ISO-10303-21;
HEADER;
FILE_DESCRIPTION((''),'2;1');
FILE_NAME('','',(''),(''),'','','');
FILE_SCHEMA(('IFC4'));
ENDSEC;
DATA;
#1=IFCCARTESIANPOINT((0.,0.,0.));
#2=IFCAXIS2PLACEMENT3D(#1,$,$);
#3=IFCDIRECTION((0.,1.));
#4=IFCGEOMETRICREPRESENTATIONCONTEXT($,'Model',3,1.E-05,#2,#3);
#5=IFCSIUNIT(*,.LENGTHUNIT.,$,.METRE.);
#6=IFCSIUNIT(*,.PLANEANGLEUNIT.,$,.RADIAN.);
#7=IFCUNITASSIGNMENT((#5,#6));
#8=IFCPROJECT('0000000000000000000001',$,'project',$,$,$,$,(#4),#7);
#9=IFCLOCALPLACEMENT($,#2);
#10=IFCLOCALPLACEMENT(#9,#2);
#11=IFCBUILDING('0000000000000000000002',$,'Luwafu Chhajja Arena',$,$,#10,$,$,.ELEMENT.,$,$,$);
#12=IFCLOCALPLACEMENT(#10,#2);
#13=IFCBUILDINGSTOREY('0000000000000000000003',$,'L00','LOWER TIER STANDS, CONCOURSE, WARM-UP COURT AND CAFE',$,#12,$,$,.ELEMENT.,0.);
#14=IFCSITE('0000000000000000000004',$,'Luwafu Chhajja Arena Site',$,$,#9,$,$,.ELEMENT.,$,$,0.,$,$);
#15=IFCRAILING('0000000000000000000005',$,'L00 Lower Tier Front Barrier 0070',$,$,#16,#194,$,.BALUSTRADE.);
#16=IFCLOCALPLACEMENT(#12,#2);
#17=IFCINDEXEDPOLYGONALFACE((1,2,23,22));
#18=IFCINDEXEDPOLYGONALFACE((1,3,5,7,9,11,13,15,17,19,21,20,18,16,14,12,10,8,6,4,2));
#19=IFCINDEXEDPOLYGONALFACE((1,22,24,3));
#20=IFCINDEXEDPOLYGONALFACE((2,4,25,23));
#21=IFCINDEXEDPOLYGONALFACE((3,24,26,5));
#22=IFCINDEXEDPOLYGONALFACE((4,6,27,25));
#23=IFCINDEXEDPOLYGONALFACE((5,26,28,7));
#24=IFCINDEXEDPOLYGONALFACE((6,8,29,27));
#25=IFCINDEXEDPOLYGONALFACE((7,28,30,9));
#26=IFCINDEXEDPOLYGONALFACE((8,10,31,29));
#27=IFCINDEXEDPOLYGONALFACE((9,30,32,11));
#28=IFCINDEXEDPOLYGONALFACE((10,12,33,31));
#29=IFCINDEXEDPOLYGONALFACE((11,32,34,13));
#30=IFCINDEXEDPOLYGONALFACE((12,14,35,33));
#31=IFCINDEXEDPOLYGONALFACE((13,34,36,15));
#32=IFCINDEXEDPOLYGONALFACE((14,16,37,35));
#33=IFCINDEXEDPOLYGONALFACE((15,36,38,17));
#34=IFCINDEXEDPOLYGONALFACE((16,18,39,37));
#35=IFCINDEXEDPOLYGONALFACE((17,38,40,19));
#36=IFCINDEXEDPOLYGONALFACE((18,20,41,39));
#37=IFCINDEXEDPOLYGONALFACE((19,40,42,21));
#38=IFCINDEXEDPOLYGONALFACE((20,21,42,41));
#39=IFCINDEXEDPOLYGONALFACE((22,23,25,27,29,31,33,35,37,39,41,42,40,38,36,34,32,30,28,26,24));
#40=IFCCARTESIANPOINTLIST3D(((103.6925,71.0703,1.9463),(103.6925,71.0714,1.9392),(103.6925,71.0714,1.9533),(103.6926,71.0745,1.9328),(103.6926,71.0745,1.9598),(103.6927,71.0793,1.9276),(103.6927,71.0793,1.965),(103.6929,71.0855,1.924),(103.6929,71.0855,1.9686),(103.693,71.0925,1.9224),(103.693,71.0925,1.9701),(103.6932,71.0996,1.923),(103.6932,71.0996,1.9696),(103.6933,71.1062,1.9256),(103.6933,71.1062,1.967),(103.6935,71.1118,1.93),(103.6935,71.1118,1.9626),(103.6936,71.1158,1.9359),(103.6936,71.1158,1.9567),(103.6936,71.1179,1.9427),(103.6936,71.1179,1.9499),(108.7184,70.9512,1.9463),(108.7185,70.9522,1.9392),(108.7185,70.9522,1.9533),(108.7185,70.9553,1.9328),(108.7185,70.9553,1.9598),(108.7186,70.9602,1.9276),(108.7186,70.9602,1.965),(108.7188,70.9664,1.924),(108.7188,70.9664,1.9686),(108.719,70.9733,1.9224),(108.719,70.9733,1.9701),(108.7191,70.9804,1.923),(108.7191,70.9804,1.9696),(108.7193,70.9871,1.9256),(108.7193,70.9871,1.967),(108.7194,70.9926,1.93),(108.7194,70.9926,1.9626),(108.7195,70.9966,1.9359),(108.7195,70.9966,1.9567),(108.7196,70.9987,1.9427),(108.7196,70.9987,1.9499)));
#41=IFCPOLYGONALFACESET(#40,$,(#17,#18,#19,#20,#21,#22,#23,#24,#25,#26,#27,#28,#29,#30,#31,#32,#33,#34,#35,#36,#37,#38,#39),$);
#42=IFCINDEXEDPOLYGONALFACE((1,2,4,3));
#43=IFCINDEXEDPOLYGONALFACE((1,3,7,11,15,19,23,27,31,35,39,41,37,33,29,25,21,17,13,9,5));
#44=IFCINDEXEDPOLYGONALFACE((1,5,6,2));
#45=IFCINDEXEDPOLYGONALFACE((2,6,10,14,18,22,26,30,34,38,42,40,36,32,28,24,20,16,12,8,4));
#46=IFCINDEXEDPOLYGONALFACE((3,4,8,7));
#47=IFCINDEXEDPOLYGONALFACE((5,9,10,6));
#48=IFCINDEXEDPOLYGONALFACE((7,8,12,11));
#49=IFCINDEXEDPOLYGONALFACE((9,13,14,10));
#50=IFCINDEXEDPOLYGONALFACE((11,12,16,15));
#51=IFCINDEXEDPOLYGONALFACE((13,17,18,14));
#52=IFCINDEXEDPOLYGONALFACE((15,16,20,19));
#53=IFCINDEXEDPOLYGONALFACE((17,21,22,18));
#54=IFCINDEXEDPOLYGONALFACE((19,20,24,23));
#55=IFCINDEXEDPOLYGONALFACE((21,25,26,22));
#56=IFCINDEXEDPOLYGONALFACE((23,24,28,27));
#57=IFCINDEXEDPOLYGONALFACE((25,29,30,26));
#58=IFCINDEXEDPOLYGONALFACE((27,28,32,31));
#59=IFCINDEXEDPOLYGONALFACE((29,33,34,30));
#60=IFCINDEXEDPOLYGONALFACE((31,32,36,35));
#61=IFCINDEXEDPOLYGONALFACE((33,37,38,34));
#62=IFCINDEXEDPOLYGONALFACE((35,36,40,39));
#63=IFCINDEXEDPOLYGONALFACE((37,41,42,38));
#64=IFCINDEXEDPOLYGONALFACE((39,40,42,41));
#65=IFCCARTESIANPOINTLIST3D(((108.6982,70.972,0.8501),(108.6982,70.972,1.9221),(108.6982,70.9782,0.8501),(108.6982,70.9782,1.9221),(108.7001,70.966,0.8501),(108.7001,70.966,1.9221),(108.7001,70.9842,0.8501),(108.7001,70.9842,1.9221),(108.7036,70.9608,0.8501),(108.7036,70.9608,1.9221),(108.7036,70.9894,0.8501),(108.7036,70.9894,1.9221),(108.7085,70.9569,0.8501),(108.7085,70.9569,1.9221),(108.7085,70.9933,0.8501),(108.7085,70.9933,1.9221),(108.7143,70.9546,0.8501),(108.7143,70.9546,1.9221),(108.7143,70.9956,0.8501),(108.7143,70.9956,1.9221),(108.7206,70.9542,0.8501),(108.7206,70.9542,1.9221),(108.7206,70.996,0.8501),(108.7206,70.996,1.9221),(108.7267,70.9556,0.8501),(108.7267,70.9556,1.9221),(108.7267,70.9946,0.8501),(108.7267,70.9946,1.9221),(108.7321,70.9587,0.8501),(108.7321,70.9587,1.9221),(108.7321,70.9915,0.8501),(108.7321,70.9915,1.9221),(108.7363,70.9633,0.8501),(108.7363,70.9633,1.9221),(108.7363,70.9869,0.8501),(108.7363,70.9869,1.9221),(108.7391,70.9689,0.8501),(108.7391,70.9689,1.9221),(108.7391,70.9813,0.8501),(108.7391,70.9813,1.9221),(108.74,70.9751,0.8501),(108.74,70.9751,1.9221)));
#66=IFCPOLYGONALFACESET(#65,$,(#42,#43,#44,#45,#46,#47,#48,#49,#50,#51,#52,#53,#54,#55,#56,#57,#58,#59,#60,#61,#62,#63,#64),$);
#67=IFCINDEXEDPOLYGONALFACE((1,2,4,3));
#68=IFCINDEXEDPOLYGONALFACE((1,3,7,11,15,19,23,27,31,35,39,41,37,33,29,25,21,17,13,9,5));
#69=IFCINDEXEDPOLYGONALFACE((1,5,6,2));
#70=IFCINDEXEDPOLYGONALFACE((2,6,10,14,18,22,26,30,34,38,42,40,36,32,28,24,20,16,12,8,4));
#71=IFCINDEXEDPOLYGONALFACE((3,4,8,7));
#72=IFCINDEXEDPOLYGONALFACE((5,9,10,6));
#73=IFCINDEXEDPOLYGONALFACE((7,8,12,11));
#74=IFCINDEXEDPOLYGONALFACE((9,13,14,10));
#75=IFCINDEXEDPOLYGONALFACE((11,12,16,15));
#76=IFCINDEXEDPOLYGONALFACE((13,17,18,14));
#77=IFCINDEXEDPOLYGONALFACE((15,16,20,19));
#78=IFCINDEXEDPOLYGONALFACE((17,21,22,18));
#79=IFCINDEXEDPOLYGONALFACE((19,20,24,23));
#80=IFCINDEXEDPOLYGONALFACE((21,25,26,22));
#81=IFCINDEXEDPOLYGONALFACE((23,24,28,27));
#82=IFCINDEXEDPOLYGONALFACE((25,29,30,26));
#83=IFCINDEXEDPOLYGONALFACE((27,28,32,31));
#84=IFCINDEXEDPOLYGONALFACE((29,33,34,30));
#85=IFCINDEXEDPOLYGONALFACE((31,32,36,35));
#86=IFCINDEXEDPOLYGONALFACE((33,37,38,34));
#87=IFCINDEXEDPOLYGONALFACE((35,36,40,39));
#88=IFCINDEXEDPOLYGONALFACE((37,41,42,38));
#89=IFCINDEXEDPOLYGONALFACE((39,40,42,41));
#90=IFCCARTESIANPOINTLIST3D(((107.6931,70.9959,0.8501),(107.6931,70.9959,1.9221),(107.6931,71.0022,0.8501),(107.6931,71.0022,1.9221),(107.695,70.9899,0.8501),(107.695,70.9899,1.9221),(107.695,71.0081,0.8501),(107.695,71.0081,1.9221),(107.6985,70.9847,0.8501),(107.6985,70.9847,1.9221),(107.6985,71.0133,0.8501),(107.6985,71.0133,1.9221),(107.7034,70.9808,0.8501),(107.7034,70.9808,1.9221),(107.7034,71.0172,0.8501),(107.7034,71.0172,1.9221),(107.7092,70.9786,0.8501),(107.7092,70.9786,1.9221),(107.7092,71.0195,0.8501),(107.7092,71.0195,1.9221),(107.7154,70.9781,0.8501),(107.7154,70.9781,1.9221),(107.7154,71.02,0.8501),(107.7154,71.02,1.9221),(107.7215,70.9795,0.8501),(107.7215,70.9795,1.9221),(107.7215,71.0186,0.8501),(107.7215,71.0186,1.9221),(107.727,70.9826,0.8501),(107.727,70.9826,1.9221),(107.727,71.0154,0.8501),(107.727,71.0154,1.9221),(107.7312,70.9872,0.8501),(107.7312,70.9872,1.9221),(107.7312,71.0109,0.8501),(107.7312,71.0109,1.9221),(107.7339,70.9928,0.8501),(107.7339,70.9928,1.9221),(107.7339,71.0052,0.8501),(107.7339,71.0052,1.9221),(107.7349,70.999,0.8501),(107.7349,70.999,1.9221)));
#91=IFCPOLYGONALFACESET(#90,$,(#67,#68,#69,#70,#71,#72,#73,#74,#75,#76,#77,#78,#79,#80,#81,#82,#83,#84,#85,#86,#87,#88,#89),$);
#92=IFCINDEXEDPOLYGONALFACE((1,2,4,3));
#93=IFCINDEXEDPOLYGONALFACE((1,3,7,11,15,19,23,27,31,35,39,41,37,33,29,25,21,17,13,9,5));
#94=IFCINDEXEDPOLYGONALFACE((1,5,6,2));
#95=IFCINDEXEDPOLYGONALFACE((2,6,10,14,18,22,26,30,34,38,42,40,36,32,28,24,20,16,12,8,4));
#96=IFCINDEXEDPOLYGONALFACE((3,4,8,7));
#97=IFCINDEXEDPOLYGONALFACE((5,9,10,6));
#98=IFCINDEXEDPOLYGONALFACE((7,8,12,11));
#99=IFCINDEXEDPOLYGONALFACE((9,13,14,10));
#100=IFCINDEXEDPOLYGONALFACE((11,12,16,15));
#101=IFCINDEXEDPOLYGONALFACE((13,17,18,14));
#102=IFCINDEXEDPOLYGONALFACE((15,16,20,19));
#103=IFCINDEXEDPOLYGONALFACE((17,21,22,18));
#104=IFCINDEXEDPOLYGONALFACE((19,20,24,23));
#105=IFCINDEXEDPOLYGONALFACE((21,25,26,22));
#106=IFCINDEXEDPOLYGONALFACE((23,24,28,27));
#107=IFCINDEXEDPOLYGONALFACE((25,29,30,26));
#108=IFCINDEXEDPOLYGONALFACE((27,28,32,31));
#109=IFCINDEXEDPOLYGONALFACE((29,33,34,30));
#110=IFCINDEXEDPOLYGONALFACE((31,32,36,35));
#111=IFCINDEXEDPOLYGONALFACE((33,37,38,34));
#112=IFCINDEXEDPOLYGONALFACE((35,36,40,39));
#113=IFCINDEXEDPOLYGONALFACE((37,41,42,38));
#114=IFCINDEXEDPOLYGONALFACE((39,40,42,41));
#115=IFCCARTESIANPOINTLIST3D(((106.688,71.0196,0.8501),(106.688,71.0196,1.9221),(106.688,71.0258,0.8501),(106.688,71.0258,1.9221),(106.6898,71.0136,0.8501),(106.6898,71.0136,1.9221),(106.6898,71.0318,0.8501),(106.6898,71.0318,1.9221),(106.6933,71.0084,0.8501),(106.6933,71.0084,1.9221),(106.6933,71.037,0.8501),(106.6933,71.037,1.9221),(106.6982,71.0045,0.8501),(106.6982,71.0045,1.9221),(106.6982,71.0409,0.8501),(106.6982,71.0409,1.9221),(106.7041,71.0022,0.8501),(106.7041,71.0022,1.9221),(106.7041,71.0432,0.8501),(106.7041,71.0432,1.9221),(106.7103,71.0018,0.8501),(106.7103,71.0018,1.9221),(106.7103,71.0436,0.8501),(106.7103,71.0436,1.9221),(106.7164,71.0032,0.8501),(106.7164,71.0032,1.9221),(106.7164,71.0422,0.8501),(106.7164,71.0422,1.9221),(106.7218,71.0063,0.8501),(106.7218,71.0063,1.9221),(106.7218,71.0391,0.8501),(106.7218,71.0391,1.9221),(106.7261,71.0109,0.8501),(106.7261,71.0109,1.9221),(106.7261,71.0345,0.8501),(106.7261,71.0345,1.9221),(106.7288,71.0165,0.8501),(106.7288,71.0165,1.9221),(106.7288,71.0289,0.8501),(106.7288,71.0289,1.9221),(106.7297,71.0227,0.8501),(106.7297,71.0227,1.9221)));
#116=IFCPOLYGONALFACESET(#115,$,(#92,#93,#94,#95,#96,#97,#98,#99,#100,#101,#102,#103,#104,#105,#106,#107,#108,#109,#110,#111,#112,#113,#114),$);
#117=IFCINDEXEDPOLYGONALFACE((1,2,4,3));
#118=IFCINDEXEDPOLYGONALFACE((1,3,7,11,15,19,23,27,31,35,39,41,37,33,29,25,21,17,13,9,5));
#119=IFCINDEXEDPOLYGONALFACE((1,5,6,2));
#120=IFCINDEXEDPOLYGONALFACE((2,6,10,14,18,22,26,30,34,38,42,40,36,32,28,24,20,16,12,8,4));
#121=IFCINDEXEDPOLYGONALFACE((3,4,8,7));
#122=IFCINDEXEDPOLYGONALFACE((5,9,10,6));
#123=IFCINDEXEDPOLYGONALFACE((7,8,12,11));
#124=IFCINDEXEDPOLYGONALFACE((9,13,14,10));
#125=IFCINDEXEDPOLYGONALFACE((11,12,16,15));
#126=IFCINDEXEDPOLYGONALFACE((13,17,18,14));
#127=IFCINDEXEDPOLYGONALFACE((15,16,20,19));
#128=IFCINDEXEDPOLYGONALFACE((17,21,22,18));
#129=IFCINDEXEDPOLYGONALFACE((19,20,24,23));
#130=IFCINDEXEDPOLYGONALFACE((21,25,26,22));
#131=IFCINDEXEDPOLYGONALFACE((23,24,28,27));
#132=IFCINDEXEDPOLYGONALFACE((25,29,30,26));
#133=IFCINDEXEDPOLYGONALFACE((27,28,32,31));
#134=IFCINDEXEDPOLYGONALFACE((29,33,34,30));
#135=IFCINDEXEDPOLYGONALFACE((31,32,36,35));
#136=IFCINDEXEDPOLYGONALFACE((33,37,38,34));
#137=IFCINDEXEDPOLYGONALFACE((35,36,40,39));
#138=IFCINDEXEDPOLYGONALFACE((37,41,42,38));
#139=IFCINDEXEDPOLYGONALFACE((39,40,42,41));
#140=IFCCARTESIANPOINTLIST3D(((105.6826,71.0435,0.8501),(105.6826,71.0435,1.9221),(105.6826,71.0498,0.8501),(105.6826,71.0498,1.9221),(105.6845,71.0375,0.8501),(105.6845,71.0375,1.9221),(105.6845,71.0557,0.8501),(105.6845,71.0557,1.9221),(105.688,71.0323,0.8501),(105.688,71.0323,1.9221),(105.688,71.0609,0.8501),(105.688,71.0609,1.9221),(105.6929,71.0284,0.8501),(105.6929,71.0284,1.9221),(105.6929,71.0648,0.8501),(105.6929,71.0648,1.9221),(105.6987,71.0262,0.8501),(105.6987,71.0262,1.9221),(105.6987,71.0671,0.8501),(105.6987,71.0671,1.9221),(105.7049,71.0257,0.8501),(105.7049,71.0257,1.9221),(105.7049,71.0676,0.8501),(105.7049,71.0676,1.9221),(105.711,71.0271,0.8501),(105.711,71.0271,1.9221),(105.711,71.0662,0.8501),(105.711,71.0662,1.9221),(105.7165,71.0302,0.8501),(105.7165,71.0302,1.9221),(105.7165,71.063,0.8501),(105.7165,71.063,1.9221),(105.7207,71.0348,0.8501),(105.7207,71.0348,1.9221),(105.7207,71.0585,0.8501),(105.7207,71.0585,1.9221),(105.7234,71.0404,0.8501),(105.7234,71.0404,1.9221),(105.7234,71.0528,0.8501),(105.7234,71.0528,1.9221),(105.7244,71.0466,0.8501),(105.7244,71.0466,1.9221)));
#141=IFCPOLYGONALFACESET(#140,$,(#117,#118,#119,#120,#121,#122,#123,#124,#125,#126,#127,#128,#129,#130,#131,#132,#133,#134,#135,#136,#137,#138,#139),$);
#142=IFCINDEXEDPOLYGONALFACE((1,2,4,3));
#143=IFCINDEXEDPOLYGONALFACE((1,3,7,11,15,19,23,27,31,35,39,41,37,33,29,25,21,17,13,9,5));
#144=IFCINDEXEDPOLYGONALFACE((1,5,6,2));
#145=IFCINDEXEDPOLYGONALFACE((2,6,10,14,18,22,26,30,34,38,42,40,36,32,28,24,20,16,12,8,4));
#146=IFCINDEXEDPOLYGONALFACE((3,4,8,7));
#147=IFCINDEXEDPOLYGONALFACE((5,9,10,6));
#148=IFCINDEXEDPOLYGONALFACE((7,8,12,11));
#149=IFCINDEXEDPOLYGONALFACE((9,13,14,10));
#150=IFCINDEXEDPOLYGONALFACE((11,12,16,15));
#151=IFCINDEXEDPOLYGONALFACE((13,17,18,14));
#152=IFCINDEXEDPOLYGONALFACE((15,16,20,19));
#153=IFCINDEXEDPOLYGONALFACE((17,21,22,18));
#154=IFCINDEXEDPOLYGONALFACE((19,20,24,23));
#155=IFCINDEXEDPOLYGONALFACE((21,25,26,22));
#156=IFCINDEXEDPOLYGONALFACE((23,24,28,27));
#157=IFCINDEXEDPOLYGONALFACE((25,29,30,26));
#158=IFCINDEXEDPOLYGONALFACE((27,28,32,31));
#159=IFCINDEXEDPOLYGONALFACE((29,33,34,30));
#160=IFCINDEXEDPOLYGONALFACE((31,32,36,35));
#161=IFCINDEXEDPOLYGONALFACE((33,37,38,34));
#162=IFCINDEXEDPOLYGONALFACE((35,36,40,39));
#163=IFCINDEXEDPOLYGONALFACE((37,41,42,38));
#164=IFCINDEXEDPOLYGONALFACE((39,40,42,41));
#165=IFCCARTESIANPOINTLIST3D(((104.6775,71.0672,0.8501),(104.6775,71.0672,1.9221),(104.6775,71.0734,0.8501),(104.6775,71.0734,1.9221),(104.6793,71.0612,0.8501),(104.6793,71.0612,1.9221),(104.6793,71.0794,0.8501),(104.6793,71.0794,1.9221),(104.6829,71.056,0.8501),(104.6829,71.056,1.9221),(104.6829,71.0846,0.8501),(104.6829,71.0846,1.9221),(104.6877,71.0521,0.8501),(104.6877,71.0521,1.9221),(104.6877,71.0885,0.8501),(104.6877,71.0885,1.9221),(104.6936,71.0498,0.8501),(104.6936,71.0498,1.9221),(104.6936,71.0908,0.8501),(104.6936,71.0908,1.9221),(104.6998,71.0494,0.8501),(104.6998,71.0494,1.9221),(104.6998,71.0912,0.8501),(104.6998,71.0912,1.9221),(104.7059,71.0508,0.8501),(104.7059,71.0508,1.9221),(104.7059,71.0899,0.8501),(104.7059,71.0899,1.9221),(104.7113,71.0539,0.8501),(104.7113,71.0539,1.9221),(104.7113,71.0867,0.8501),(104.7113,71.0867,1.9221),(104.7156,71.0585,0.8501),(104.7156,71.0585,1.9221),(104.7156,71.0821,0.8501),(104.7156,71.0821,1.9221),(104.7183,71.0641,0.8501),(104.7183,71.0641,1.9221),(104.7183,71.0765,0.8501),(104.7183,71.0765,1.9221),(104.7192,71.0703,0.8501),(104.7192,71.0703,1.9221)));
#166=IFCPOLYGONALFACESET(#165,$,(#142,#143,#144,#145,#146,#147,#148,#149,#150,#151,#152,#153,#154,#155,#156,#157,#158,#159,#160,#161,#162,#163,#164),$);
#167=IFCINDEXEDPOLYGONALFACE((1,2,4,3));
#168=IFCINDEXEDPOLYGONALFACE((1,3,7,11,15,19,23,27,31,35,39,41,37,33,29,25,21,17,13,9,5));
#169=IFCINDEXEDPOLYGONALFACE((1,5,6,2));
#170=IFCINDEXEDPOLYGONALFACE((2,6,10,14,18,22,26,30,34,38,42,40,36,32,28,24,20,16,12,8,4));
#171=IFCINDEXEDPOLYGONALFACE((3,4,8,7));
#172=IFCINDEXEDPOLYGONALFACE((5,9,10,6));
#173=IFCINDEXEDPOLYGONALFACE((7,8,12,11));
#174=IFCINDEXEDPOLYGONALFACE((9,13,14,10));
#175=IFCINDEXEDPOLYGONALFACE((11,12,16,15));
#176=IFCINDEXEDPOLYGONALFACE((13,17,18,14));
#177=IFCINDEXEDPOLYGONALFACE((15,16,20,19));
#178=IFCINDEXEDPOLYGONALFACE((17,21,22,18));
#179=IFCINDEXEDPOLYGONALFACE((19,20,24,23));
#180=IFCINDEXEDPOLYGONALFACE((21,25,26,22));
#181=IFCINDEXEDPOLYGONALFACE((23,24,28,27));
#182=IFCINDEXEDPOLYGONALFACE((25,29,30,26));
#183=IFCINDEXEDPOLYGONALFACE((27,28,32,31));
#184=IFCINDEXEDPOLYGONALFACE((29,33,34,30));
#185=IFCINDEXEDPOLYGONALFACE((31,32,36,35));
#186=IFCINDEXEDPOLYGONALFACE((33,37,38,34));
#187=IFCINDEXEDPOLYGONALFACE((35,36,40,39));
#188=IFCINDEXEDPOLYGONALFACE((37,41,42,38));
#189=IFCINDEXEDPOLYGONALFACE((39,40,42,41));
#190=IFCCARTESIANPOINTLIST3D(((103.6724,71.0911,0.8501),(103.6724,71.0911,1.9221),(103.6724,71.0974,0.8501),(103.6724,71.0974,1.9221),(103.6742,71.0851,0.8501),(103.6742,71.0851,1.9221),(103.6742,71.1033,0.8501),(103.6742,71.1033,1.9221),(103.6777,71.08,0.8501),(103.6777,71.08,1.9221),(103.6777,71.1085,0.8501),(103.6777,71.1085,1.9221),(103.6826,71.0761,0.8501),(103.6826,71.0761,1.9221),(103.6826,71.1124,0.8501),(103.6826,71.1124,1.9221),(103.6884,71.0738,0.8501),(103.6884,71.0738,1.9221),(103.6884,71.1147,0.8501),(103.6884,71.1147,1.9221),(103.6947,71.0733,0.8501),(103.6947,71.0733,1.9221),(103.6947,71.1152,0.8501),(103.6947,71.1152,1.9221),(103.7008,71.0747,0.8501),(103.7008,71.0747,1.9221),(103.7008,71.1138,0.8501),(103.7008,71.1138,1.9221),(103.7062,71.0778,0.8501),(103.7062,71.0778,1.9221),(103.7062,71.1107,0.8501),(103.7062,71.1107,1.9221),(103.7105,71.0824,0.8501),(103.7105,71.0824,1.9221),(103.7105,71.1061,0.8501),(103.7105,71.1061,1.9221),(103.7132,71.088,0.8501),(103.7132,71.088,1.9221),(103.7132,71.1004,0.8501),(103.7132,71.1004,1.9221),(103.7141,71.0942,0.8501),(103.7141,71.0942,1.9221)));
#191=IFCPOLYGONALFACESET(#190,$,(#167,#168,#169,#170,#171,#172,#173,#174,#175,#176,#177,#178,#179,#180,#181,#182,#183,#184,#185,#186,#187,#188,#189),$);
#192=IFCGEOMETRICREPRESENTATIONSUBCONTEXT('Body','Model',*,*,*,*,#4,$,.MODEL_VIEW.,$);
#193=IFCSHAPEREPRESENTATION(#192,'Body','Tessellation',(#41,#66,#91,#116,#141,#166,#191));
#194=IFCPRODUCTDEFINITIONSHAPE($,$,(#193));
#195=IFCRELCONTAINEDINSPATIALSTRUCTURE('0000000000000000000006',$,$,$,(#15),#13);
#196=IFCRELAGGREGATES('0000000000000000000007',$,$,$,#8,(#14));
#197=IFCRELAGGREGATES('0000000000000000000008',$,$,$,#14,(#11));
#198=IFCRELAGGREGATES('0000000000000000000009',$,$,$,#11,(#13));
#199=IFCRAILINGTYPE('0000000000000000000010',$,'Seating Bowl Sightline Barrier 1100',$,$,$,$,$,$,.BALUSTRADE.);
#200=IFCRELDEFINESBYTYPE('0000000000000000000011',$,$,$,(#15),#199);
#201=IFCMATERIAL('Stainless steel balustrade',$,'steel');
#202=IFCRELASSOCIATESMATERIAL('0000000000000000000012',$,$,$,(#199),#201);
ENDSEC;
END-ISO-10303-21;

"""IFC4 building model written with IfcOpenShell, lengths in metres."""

from ifc_helpers import new_model, si_unit, direction, frame, origin, origin_2d, place, context, subcontext, project, spatial, circle, extrude, material, type_object, element, save


model = new_model("IFC4")

# Units and contexts
model_context = context("Model", 3, precision=1e-05, world=origin(), true_north=direction((0.0, 1.0)))
body_context = subcontext(model_context, "Body", "Model", "MODEL_VIEW")
ifc_project = project(units=[si_unit("LENGTHUNIT", "METRE"), si_unit("PLANEANGLEUNIT", "RADIAN")], contexts=[model_context])

# Site, building, storey
site_placement = place(None, origin())
site = spatial("IfcSite", under=ifc_project, at=site_placement, Name="Luwafu Chhajja Arena Site", CompositionType="ELEMENT", RefElevation=0.0)
building_placement = place(site_placement, origin())
building = spatial("IfcBuilding", under=site, at=building_placement, Name="Luwafu Chhajja Arena", CompositionType="ELEMENT")
storey_placement = place(building_placement, origin())
storey = spatial("IfcBuildingStorey", under=building, at=storey_placement, Name="L00", Description="LOWER TIER STANDS, CONCOURSE, WARM-UP COURT AND CAFE", CompositionType="ELEMENT", Elevation=0.0)

# Railing
ifc_material_1 = material(Name="Stainless steel balustrade", Category="steel")
railing_type = type_object("IfcRailingType", Name="Seating Bowl Sightline Barrier 1100", PredefinedType="BALUSTRADE", material=ifc_material_1)
railing_1_placement = place(storey_placement, frame((108.719, 70.9751, 0.8501)))
element("IfcRailing", 1, at=railing_1_placement, inside=storey, type_object=railing_type, Name="L00 Lower Tier Front Barrier 0070", PredefinedType="BALUSTRADE", context=body_context, shape_type="SweptSolid", body=[
    extrude(circle(Radius=0.0239, at=origin_2d()), frame((0.0, 0.0, 1.0962), z_axis=(-0.999719, 0.023699, 0.0), x_axis=(-0.023699, -0.999719, 0.0)), (0.0, 0.0, 1.0), 5.0273),
    extrude(circle(Radius=0.021, at=origin_2d()), origin(), (0.0, 0.0, 1.0), 1.072),
    extrude(circle(Radius=0.021, at=origin_2d()), frame((-1.0051, 0.0239, 0.0)), (0.0, 0.0, 1.0), 1.072),
    extrude(circle(Radius=0.021, at=origin_2d()), frame((-2.0103, 0.0476, 0.0)), (0.0, 0.0, 1.0), 1.072),
    extrude(circle(Radius=0.021, at=origin_2d()), frame((-3.0156, 0.0715, 0.0)), (0.0, 0.0, 1.0), 1.072),
    extrude(circle(Radius=0.021, at=origin_2d()), frame((-4.0208, 0.0952, 0.0)), (0.0, 0.0, 1.0), 1.072),
    extrude(circle(Radius=0.021, at=origin_2d()), frame((-5.0259, 0.1191, 0.0)), (0.0, 0.0, 1.0), 1.072),
])

save(model, "model.ifc")
